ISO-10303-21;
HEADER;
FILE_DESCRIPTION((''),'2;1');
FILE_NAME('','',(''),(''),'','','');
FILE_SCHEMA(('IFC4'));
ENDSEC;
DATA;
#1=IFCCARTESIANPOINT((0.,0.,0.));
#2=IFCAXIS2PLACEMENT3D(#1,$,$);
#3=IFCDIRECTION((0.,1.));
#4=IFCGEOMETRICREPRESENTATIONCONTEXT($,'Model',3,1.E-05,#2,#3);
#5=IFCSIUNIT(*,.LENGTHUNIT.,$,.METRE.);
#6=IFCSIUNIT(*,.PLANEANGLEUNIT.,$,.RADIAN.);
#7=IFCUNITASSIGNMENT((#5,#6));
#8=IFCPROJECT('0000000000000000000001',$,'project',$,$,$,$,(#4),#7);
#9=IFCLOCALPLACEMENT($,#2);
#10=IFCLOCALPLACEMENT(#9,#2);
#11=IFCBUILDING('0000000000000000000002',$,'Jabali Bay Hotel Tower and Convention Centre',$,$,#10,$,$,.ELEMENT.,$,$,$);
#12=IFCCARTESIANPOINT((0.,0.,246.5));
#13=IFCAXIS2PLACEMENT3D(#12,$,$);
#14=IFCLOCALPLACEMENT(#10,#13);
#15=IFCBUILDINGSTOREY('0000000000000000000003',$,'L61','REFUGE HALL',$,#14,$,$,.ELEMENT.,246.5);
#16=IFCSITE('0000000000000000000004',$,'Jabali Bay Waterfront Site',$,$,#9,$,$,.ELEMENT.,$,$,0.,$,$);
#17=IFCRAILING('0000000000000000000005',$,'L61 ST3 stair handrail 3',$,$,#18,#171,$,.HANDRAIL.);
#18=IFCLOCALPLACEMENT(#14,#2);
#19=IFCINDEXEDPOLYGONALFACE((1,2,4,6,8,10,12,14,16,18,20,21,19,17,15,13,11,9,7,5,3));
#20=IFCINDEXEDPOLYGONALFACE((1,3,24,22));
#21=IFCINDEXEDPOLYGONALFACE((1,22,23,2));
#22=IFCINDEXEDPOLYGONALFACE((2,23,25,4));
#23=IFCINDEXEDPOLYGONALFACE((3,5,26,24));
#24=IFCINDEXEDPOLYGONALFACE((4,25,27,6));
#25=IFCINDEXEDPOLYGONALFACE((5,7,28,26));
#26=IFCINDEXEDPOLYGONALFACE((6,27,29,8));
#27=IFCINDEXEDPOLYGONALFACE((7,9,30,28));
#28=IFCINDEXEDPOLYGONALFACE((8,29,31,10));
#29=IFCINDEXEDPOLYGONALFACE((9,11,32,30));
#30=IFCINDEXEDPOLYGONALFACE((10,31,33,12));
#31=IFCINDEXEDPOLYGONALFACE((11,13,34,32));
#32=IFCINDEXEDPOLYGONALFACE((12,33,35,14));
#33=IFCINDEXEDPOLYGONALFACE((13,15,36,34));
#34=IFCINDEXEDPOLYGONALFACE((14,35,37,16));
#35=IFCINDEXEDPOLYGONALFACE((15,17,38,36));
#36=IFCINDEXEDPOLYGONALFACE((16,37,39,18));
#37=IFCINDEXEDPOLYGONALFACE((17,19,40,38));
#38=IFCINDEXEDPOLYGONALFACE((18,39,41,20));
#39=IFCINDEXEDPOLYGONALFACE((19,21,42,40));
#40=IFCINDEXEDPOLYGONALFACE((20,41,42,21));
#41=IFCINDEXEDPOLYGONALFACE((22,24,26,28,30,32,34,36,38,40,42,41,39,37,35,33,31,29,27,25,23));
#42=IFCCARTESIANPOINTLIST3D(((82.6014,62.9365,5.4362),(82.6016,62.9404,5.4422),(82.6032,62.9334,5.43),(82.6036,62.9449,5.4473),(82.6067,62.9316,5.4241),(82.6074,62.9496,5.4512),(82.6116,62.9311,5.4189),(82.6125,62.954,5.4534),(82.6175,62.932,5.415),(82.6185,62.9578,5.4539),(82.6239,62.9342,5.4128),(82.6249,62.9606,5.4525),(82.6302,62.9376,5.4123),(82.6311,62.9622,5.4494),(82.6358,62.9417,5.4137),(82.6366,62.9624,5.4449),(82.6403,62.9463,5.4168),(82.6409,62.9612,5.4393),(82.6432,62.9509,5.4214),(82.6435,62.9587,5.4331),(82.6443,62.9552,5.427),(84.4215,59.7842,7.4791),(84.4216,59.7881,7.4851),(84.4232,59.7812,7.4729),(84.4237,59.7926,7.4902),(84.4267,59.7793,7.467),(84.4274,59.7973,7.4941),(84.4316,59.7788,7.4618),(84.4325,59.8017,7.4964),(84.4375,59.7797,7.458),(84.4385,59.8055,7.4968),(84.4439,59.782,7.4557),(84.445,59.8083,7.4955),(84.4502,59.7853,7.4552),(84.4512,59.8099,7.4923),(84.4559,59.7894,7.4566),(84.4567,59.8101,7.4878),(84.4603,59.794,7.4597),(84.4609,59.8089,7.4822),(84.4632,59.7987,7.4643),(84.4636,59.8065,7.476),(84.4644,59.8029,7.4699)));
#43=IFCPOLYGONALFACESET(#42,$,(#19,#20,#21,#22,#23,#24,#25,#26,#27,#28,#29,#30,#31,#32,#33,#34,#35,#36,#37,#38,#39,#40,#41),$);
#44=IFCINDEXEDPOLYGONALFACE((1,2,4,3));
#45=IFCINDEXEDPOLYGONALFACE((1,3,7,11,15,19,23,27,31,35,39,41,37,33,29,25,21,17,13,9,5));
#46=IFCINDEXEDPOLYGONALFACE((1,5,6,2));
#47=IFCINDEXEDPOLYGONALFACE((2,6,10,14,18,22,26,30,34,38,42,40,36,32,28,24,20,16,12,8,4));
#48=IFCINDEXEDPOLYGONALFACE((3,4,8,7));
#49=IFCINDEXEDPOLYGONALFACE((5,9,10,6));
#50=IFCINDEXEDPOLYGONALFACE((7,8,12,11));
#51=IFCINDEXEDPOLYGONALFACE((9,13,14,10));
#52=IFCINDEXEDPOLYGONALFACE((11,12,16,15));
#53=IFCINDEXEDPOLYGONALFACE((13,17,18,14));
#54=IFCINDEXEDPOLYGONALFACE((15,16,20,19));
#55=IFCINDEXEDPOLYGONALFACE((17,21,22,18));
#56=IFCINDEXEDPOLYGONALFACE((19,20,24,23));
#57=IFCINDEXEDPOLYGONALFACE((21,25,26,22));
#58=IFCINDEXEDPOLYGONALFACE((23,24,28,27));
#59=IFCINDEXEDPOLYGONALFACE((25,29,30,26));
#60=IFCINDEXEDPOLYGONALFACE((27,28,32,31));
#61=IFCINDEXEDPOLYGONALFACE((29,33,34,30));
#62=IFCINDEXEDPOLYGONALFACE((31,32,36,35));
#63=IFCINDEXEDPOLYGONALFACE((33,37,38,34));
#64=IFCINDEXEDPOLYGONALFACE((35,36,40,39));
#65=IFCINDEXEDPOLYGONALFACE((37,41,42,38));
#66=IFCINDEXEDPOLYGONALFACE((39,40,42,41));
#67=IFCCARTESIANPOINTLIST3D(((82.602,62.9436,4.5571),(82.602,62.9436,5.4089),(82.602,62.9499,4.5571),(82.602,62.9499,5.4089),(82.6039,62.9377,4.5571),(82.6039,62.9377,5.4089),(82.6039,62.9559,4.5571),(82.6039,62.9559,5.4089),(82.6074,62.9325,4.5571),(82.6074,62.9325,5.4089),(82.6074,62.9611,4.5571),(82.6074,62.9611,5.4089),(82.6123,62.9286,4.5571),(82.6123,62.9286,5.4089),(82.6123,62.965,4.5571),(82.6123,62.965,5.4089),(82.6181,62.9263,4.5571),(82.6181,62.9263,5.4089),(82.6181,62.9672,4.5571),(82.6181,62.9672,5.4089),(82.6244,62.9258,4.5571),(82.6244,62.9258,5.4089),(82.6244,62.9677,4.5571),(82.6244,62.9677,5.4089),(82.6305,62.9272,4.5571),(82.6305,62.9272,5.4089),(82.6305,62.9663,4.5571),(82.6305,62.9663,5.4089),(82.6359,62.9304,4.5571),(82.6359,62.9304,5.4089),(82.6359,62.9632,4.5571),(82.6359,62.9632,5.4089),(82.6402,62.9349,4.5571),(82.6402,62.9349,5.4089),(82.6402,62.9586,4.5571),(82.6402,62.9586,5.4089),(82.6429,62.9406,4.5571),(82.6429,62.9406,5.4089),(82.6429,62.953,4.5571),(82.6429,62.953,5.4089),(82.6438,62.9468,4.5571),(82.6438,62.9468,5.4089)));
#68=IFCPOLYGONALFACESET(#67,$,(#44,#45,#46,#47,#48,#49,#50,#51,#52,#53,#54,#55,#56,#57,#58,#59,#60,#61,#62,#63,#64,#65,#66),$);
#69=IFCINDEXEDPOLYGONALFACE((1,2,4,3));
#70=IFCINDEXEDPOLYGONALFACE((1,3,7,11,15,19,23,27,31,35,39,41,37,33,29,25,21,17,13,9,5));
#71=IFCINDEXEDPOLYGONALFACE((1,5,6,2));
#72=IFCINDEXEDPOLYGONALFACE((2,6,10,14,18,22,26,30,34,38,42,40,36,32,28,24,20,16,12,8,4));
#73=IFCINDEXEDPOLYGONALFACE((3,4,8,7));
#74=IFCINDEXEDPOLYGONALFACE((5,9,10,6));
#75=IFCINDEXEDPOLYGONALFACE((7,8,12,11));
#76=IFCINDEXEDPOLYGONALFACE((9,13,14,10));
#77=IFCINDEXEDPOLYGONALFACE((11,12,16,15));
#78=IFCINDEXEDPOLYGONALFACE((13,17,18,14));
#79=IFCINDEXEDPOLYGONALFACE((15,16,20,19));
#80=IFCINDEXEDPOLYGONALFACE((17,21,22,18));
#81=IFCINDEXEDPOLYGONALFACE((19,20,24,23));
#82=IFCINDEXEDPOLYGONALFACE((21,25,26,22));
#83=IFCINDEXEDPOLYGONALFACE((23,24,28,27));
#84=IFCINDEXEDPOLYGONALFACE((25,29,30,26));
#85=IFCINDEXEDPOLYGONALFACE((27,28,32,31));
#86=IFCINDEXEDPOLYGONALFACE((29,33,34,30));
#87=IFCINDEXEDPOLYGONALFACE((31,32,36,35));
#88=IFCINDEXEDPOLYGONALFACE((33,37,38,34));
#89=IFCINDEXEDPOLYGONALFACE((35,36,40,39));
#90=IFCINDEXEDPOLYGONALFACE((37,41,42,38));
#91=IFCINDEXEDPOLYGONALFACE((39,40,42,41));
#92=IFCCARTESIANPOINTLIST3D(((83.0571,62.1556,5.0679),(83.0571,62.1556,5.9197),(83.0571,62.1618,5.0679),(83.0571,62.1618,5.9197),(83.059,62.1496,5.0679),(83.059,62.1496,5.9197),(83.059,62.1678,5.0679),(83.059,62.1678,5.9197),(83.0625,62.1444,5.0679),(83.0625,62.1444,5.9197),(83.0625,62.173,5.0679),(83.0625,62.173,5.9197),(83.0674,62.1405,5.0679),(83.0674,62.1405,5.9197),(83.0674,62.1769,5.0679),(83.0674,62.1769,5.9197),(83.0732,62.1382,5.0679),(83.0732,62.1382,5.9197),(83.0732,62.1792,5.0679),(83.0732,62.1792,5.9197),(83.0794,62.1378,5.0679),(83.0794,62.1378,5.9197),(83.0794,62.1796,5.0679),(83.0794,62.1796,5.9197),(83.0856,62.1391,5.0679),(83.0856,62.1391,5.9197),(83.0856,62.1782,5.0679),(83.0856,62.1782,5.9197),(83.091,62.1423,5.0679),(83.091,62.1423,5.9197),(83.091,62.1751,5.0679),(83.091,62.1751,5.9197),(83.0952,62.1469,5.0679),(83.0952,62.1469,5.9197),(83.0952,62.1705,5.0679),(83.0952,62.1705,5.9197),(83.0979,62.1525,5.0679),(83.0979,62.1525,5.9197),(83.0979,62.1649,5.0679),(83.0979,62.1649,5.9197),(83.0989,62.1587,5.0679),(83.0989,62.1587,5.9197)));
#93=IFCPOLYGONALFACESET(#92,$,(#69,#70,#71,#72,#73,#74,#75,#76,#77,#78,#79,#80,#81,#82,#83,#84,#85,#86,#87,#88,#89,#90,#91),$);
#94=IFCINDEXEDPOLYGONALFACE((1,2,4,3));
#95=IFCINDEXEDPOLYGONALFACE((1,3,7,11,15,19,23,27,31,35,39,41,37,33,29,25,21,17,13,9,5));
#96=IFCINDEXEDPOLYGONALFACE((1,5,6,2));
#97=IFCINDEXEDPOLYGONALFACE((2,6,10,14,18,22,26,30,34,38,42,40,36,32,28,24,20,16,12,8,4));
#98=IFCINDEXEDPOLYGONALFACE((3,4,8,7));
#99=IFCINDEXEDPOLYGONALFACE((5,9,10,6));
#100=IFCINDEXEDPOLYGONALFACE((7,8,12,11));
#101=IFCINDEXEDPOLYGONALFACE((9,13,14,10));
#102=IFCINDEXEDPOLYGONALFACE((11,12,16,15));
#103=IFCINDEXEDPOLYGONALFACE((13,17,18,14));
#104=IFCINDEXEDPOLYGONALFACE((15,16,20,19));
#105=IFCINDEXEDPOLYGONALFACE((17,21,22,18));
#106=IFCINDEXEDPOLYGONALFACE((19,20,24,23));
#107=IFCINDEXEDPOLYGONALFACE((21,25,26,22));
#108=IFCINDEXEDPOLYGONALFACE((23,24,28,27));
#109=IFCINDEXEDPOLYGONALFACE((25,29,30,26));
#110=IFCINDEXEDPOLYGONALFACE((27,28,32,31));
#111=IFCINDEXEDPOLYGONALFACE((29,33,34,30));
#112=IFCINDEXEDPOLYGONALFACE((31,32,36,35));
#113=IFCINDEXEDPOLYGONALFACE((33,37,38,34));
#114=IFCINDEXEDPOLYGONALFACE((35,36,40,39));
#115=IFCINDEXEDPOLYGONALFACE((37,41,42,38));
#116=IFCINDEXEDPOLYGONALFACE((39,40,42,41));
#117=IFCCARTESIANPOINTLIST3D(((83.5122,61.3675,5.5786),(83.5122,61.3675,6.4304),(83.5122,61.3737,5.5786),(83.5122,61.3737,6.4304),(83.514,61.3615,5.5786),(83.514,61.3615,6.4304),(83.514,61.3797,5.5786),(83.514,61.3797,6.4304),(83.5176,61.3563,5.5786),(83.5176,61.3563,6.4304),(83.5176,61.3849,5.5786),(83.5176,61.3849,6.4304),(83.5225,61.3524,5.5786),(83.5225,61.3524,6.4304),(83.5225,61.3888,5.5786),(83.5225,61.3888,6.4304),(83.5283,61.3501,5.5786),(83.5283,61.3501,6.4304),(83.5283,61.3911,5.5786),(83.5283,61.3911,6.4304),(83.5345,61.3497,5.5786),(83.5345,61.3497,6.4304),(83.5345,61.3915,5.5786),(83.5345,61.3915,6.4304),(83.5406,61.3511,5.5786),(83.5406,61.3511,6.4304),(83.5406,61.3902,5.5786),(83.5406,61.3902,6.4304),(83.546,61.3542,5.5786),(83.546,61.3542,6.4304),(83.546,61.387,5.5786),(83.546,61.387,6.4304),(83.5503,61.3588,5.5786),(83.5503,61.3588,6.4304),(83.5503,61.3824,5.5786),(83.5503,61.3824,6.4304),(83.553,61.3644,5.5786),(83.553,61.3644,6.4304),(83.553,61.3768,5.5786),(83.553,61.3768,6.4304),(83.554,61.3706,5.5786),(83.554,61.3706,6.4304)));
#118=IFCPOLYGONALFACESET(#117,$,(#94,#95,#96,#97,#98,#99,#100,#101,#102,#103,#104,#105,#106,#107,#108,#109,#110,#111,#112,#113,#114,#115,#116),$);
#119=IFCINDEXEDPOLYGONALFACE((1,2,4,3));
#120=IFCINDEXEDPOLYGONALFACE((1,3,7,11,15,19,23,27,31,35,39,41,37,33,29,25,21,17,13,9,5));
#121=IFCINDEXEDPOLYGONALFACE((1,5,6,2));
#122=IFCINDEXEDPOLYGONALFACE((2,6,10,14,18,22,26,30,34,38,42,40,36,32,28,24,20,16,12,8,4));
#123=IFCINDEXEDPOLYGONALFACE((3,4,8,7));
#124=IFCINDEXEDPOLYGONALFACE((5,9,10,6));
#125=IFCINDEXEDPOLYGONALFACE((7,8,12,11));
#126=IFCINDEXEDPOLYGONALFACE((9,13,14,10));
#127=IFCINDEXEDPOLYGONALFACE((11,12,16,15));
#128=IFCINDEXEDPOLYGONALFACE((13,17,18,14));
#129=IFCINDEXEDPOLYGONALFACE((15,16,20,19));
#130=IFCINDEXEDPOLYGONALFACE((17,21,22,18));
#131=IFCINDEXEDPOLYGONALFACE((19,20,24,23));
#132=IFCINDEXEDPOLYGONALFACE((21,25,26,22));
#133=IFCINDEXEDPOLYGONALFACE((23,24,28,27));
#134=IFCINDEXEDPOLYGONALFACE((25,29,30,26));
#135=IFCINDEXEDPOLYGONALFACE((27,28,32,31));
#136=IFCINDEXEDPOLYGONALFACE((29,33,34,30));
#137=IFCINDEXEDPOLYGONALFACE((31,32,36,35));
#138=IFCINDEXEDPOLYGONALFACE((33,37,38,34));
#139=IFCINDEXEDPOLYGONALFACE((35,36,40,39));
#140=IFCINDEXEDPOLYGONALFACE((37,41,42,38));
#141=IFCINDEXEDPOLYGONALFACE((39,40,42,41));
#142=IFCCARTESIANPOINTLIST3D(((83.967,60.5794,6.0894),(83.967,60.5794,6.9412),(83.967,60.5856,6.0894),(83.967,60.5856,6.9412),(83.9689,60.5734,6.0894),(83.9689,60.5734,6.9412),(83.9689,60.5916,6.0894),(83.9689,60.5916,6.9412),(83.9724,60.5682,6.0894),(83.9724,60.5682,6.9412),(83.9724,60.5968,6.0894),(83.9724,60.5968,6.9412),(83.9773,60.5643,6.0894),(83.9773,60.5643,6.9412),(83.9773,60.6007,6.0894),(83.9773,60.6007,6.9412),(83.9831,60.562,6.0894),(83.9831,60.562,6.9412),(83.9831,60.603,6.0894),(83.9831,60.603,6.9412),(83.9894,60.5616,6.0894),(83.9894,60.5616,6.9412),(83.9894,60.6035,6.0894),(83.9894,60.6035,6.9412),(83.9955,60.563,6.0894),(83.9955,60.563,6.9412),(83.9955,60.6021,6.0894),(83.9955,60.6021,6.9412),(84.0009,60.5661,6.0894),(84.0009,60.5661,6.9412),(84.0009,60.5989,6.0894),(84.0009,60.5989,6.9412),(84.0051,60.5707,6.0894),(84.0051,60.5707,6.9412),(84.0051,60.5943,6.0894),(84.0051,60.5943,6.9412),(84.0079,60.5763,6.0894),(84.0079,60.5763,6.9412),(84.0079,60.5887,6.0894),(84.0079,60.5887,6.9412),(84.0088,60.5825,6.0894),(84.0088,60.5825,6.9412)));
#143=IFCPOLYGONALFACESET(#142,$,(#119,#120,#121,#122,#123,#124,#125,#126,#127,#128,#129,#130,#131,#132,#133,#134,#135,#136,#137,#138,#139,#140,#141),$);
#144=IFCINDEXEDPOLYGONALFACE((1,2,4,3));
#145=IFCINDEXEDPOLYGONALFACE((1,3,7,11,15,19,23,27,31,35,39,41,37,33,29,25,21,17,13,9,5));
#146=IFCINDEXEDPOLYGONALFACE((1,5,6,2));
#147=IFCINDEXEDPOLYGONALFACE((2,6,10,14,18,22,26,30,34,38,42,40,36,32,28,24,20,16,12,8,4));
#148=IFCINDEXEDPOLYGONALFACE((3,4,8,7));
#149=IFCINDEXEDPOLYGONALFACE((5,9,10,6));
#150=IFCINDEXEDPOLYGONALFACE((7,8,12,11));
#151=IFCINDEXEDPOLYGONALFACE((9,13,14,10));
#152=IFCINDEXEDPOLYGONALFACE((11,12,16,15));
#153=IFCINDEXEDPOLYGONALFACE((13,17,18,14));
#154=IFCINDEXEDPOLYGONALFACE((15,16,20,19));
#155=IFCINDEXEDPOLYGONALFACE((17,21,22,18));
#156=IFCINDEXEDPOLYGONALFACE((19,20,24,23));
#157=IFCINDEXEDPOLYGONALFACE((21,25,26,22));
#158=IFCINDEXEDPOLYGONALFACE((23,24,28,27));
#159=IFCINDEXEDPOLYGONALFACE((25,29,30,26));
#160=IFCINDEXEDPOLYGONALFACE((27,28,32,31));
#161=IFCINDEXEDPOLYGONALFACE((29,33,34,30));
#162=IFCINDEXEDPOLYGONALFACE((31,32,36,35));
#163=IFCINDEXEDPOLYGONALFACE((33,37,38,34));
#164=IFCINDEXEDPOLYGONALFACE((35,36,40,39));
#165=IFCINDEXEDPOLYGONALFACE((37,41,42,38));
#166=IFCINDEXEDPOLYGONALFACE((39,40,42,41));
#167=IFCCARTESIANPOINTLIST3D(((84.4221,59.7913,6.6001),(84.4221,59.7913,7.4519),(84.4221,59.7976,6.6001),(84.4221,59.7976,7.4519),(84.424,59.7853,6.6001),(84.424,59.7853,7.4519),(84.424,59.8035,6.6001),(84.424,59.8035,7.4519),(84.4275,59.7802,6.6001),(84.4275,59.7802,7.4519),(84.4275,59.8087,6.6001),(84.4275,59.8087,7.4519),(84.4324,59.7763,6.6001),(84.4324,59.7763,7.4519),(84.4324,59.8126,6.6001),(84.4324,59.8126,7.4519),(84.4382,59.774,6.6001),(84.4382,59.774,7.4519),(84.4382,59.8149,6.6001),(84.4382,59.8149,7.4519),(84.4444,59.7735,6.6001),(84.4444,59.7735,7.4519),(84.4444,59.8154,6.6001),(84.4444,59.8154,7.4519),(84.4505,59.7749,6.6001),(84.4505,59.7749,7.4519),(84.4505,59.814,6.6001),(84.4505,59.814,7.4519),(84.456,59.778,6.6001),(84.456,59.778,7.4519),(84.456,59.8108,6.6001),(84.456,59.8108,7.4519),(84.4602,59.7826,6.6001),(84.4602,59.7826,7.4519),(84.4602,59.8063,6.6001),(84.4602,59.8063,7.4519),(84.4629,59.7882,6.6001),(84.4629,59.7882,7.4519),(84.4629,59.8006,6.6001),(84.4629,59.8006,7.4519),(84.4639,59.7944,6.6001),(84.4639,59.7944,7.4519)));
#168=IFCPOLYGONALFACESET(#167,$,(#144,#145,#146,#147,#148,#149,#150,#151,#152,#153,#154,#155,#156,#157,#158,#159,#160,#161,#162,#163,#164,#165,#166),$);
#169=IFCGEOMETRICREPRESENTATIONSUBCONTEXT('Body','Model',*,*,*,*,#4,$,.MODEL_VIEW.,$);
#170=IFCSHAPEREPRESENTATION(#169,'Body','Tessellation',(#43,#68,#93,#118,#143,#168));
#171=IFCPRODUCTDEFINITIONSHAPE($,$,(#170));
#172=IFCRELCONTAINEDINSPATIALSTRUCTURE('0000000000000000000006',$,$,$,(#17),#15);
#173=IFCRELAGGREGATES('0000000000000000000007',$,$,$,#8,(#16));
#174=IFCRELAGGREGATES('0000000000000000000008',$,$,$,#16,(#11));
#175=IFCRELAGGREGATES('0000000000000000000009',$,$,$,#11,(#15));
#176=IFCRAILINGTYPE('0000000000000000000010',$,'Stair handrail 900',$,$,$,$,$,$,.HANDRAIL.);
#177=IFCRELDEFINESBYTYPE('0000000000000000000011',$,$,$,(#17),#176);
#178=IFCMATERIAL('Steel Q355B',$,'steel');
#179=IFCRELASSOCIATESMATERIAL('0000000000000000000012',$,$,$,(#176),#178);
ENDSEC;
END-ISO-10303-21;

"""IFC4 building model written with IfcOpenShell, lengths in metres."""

from ifc_helpers import new_model, si_unit, direction, frame, origin, origin_2d, place, context, subcontext, project, spatial, circle, extrude, material, type_object, element, save


model = new_model("IFC4")

# Units and contexts
model_context = context("Model", 3, precision=1e-05, world=origin(), true_north=direction((0.0, 1.0)))
body_context = subcontext(model_context, "Body", "Model", "MODEL_VIEW")
ifc_project = project(units=[si_unit("LENGTHUNIT", "METRE"), si_unit("PLANEANGLEUNIT", "RADIAN")], contexts=[model_context])

# Site, building, storey
site_placement = place(None, origin())
site = spatial("IfcSite", under=ifc_project, at=site_placement, Name="Jabali Bay Waterfront Site", CompositionType="ELEMENT", RefElevation=0.0)
building_placement = place(site_placement, origin())
building = spatial("IfcBuilding", under=site, at=building_placement, Name="Jabali Bay Hotel Tower and Convention Centre", CompositionType="ELEMENT")
storey_placement = place(building_placement, frame((0.0, 0.0, 246.5)))
storey = spatial("IfcBuildingStorey", under=building, at=storey_placement, Name="L61", Description="REFUGE HALL", CompositionType="ELEMENT", Elevation=246.5)

# Shared definitions
ifc_material_1 = material(Name="Steel Q355B", Category="steel")

# Railing
railing_type_1 = type_object("IfcRailingType", Name="Stair handrail 900", PredefinedType="HANDRAIL", material=ifc_material_1)
railing_1_placement = place(storey_placement, frame((82.6228, 62.9468, 4.5571)))
element("IfcRailing", 1, at=railing_1_placement, inside=storey, type_object=railing_type_1, Name="L61 ST3 stair handrail 3", PredefinedType="HANDRAIL", context=body_context, shape_type="SweptSolid", body=[
    extrude(circle(Radius=0.0239, at=origin_2d()), frame((0.0, 0.0, 0.876), z_axis=(0.436032, -0.755204, 0.489432), x_axis=(0.866018, 0.500013, 0.0)), (0.0, 0.0, 1.0), 4.1741),
    extrude(circle(Radius=0.021, at=origin_2d()), origin(), (0.0, 0.0, 1.0), 0.8518),
    extrude(circle(Radius=0.021, at=origin_2d()), frame((0.4551, -0.7881, 0.5107)), (0.0, 0.0, 1.0), 0.8518),
    extrude(circle(Radius=0.021, at=origin_2d()), frame((0.9102, -1.5762, 1.0215)), (0.0, 0.0, 1.0), 0.8518),
    extrude(circle(Radius=0.021, at=origin_2d()), frame((1.365, -2.3643, 1.5322)), (0.0, 0.0, 1.0), 0.8518),
    extrude(circle(Radius=0.021, at=origin_2d()), frame((1.8201, -3.1523, 2.043)), (0.0, 0.0, 1.0), 0.8518),
])

save(model, "model.ifc")
